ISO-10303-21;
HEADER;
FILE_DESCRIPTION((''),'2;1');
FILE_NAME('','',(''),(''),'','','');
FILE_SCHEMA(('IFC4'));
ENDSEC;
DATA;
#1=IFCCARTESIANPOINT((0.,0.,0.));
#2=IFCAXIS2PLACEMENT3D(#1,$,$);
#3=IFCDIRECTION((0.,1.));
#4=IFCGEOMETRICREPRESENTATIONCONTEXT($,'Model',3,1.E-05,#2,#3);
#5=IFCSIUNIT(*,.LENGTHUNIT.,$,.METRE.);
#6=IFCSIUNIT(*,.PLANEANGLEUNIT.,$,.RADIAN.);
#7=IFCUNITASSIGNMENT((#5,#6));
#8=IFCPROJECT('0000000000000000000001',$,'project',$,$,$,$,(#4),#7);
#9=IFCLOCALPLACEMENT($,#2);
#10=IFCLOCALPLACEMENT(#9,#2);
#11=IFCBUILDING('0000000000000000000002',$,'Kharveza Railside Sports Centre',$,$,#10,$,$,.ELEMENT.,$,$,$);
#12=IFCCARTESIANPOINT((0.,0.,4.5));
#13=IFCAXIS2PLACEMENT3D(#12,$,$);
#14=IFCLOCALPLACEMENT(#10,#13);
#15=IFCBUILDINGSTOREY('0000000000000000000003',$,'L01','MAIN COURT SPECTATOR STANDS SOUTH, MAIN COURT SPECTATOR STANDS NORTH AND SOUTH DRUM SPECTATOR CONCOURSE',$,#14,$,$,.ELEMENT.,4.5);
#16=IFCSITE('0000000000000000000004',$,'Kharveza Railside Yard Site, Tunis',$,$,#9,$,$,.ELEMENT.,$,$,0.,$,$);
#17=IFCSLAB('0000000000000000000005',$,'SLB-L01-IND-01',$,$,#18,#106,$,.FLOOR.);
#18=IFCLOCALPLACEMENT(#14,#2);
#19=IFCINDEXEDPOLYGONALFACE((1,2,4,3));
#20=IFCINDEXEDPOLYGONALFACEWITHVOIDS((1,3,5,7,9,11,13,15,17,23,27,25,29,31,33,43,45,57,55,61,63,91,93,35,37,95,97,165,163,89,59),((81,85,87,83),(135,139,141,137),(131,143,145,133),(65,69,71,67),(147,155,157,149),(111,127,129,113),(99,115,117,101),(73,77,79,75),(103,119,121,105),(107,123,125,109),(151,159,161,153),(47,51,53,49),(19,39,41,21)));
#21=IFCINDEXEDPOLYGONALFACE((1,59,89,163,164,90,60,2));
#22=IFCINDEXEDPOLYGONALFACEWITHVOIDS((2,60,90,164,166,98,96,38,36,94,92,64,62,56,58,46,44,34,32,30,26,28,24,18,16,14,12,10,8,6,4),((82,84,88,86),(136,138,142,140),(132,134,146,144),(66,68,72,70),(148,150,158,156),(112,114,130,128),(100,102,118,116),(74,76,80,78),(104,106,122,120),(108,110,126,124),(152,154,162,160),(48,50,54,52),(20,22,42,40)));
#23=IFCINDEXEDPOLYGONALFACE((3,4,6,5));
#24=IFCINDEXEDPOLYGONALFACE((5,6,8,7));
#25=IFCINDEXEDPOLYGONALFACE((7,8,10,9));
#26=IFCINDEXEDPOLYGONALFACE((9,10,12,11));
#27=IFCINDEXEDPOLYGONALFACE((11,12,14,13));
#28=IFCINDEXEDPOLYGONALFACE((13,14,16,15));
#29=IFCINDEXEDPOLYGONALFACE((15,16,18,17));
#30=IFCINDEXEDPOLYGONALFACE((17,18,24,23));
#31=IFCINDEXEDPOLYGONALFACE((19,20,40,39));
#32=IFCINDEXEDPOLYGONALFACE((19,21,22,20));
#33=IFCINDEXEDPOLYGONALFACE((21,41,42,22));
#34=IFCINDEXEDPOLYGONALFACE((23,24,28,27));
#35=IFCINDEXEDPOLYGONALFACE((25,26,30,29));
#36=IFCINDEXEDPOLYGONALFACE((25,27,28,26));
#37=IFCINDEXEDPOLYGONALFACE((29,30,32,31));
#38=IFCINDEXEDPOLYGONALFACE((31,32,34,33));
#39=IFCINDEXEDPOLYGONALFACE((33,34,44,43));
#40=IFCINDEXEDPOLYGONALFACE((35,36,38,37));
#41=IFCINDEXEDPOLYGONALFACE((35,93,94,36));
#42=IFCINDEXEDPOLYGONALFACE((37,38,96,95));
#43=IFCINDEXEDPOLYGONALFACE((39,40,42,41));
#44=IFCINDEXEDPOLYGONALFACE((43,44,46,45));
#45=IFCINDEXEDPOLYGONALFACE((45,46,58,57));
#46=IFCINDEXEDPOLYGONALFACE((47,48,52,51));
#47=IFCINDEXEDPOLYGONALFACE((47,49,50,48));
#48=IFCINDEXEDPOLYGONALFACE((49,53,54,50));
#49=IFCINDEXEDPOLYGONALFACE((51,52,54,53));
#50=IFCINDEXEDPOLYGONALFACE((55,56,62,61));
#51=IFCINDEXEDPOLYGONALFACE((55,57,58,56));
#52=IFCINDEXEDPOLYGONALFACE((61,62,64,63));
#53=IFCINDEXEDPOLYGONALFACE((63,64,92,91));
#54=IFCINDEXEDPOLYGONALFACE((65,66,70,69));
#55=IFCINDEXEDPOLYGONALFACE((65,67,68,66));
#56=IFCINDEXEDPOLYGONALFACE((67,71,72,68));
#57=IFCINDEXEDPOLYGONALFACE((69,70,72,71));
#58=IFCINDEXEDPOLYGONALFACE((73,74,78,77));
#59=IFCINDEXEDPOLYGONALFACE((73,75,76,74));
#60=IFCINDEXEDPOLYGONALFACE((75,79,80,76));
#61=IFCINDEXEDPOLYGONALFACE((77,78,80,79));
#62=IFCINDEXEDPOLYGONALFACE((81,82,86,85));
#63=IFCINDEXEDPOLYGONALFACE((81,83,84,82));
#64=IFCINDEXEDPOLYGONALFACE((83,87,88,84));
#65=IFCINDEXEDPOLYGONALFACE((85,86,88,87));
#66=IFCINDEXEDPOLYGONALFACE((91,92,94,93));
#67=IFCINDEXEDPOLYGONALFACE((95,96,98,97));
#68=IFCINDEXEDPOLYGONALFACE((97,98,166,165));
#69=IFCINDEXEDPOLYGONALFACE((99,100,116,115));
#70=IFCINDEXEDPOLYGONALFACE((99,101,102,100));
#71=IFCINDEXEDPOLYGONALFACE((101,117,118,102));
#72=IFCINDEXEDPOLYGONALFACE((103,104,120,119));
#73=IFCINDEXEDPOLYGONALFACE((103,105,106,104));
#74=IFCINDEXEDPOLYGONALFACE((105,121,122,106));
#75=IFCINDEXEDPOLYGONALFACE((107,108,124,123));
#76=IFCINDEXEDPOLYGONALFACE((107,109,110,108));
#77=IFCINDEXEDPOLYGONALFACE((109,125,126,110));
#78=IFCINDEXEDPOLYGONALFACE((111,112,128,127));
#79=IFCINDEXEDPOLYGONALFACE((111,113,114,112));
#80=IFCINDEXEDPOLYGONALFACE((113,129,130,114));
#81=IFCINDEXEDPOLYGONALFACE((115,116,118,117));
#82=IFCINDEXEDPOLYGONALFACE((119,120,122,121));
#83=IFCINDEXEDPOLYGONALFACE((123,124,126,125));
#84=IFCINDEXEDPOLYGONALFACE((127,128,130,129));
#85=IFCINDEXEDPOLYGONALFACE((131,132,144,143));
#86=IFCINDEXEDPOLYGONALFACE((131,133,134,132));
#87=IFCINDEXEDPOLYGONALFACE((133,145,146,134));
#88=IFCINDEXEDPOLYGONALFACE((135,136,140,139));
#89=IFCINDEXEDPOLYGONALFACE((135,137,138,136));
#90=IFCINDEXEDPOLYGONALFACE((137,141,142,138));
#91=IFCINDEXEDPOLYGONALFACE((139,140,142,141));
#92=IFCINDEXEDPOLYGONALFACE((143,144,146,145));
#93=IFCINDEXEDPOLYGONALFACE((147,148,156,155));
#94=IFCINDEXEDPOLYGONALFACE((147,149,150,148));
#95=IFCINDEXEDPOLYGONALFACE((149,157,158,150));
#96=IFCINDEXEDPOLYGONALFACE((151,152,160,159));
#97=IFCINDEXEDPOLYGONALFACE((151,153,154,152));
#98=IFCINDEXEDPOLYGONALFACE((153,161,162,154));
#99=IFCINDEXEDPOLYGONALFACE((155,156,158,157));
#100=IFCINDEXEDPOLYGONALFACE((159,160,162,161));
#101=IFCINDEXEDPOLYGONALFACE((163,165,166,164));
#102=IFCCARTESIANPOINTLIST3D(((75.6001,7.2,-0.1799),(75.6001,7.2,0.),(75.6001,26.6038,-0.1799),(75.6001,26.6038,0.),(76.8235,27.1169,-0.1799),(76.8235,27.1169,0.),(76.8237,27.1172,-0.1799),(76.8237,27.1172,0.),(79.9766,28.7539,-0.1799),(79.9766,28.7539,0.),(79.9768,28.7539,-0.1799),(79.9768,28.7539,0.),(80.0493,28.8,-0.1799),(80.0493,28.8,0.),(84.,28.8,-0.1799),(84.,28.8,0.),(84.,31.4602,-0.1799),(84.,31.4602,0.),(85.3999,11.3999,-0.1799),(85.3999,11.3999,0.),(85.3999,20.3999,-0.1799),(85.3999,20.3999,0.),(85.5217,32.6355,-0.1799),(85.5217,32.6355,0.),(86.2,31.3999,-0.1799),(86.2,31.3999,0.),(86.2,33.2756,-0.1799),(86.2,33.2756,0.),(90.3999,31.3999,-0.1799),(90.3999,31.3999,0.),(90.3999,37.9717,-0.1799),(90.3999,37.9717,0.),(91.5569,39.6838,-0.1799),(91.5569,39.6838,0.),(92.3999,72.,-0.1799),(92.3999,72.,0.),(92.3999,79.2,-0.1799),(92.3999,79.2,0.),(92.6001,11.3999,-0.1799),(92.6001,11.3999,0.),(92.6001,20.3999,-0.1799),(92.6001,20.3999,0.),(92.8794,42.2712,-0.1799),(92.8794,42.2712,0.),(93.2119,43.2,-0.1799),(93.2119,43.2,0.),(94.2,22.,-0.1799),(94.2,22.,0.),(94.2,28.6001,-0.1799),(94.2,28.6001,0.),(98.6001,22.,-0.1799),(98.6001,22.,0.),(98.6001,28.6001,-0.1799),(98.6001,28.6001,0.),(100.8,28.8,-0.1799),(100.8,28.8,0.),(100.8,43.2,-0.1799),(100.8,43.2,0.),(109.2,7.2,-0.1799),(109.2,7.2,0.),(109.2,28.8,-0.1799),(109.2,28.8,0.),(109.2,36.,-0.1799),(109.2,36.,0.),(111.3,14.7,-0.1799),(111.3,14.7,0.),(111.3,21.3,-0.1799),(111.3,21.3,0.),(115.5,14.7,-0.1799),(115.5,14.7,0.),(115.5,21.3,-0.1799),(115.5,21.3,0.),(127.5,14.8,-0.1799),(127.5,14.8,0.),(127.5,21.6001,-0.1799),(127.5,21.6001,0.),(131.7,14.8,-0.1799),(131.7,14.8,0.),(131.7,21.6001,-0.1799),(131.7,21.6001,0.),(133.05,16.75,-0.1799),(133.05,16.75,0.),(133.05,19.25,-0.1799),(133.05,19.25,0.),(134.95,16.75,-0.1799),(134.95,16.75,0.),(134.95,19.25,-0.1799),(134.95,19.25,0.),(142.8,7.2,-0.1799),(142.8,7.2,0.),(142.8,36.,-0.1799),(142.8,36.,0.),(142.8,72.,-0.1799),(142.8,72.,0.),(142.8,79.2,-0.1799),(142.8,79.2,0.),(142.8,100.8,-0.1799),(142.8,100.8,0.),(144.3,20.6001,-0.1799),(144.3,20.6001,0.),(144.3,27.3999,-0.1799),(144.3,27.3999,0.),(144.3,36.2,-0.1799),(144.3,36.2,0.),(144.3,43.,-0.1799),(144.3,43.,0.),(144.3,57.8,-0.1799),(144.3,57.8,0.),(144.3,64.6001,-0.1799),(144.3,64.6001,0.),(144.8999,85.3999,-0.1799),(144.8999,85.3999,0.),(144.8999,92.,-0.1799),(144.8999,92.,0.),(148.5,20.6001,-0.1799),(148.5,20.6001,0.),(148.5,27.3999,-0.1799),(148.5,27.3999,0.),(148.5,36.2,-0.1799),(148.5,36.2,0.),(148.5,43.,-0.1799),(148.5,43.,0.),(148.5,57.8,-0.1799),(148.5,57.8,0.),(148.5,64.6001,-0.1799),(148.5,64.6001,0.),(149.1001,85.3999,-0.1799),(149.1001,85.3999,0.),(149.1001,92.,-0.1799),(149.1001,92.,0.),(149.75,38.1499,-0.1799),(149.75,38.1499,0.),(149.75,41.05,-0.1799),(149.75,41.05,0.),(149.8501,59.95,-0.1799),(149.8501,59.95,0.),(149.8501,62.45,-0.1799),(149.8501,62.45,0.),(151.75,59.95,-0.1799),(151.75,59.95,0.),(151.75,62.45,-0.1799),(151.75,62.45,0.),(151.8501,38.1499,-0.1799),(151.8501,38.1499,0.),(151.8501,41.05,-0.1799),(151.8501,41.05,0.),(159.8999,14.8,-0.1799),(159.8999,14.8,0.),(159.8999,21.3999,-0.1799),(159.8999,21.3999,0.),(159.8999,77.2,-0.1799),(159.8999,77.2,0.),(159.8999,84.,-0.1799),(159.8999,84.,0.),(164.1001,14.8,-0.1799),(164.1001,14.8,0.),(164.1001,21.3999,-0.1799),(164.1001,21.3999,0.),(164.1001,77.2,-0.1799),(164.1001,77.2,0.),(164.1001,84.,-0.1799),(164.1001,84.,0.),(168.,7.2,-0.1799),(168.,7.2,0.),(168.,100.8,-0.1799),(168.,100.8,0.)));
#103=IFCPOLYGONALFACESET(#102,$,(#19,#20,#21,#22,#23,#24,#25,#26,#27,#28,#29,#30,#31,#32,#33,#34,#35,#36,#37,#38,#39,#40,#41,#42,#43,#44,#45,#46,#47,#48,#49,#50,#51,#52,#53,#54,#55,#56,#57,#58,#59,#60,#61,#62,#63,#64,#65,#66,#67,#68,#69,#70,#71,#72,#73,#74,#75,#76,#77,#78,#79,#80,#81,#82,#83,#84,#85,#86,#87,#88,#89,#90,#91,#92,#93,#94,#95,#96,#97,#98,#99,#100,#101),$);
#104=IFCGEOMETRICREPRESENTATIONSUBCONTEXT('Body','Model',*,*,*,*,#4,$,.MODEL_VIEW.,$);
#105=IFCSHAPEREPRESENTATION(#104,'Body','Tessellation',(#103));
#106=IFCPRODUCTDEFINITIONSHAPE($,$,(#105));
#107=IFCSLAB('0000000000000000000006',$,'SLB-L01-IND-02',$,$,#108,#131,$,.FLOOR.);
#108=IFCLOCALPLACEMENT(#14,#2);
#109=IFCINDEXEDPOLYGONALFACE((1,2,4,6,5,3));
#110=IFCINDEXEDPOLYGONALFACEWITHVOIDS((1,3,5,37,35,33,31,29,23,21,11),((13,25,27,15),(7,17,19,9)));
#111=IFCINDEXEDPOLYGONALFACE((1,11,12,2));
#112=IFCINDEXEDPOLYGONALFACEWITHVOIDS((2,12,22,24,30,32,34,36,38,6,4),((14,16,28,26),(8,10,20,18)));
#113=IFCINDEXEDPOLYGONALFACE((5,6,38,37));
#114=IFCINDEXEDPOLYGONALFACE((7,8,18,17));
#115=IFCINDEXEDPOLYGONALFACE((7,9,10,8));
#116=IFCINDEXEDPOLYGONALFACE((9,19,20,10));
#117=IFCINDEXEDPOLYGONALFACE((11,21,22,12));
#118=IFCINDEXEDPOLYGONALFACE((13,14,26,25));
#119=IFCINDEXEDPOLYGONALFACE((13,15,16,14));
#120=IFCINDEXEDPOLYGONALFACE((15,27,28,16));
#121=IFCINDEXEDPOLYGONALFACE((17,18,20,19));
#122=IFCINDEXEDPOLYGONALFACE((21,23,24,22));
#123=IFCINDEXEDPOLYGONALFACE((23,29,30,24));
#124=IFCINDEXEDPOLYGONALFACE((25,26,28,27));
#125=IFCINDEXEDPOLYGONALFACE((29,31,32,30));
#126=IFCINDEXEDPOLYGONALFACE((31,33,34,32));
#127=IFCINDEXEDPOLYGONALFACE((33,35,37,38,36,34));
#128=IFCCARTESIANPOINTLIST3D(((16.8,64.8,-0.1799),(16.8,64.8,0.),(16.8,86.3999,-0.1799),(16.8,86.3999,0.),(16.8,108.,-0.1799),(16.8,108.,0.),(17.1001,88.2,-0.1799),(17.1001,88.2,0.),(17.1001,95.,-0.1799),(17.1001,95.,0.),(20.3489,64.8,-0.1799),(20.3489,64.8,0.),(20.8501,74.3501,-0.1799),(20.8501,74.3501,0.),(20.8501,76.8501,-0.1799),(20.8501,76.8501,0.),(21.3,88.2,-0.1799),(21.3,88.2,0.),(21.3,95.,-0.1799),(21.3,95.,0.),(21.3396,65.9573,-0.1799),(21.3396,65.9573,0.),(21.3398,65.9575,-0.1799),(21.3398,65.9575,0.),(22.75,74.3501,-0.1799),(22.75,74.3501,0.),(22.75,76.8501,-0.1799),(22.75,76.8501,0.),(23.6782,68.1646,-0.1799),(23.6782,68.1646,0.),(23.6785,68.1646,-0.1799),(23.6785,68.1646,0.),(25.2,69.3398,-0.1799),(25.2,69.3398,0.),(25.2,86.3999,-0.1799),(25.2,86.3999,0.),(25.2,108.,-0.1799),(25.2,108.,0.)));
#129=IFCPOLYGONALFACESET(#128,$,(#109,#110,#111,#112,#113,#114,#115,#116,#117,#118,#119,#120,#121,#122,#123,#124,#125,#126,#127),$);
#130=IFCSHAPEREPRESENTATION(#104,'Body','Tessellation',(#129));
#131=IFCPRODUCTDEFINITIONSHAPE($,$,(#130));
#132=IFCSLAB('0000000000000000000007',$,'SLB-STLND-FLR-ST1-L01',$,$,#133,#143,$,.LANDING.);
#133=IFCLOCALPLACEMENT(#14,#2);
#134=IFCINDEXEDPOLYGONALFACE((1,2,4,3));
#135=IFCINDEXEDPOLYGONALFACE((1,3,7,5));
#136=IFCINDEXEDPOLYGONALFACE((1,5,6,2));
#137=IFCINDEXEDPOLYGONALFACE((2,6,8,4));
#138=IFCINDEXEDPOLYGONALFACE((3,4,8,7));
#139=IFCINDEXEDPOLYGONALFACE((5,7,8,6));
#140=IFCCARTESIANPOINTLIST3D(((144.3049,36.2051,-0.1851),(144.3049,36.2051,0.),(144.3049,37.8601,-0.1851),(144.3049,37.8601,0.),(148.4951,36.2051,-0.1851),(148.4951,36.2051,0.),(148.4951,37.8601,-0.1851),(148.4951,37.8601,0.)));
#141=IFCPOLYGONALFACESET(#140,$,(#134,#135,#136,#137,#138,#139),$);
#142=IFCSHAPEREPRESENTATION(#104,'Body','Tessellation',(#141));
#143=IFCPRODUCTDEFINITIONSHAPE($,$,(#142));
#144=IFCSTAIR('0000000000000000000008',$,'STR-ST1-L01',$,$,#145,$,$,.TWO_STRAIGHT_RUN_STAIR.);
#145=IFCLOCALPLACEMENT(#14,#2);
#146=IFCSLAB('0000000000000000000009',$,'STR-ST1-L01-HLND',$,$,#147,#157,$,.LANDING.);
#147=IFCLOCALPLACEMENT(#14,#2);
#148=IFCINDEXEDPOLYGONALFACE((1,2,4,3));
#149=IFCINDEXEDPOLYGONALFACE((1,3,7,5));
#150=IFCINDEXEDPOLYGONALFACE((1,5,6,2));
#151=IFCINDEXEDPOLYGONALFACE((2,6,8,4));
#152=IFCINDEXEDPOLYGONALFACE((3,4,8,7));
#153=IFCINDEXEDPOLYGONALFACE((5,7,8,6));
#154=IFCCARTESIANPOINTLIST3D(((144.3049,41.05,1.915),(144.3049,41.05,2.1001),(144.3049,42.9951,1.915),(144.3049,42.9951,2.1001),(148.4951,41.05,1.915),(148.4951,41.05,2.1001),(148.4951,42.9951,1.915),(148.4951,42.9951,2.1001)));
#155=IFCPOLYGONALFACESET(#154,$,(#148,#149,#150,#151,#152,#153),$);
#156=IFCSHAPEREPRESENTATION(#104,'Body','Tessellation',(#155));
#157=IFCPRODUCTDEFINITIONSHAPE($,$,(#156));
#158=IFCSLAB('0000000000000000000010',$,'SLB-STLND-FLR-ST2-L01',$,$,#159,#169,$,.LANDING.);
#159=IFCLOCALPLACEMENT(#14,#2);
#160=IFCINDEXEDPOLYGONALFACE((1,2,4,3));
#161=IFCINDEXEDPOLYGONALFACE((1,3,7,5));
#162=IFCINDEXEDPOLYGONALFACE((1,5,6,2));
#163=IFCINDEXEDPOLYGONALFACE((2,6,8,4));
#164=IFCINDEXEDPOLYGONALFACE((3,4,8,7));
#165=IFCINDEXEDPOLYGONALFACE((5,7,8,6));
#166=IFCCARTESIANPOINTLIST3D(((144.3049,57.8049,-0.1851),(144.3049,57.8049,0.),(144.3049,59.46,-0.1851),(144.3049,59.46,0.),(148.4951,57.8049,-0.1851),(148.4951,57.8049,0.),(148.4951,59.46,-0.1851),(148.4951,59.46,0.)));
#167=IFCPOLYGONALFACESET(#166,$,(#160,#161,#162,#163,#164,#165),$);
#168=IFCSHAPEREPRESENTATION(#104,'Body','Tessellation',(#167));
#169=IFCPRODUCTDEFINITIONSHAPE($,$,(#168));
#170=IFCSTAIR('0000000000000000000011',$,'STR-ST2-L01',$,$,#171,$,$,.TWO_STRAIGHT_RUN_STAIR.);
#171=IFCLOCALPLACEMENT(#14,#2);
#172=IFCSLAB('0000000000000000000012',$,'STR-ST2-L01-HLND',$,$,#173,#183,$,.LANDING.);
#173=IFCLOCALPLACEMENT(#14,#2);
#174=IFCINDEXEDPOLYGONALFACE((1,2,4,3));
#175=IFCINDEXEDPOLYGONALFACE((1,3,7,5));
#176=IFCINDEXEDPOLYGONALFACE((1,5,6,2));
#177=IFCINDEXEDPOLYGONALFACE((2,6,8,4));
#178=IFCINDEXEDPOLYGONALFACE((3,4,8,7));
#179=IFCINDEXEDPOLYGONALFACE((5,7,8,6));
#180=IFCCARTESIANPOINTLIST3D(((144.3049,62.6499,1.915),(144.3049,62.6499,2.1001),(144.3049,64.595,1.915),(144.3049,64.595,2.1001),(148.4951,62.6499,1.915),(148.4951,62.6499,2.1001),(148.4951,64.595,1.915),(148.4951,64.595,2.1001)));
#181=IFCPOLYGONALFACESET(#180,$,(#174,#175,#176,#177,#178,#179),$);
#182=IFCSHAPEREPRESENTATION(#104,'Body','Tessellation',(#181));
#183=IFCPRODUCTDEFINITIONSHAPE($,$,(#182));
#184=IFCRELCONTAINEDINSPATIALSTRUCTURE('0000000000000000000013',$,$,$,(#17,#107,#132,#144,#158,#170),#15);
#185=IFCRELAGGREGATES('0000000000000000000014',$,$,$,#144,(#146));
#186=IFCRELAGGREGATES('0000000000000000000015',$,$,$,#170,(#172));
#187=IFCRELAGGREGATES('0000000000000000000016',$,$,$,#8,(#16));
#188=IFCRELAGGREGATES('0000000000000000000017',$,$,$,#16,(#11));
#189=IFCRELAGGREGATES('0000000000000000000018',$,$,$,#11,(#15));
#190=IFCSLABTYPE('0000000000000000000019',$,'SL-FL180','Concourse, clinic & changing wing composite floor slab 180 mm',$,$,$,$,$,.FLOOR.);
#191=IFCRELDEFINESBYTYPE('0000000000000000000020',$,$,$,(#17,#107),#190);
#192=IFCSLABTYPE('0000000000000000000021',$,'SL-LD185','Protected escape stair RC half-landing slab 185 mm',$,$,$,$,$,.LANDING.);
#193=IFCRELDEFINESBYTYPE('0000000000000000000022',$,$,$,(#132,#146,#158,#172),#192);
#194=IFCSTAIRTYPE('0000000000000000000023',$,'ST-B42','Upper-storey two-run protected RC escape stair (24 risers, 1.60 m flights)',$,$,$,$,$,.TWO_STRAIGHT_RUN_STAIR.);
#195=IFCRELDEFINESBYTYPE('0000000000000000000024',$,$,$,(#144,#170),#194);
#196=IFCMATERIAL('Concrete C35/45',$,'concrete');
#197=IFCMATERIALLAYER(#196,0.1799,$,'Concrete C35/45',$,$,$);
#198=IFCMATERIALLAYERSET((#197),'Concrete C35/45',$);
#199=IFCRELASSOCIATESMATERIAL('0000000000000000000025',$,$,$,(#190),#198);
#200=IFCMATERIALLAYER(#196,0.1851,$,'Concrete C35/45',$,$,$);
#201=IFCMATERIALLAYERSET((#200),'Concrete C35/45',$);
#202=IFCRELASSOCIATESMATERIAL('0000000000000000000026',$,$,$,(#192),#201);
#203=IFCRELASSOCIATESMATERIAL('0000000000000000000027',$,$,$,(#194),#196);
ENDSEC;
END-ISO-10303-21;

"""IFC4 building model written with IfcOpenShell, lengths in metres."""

from ifc_helpers import new_model, si_unit, direction, frame, origin, place, context, subcontext, project, spatial, polyline, outline, extrude, material, layer, layer_set, type_object, element, aggregate, save


model = new_model("IFC4")

# Units and contexts
model_context = context("Model", 3, precision=1e-05, world=origin(), true_north=direction((0.0, 1.0)))
body_context = subcontext(model_context, "Body", "Model", "MODEL_VIEW")
ifc_project = project(units=[si_unit("LENGTHUNIT", "METRE"), si_unit("PLANEANGLEUNIT", "RADIAN")], contexts=[model_context])

# Site, building, storey
site_placement = place(None, origin())
site = spatial("IfcSite", under=ifc_project, at=site_placement, Name="Kharveza Railside Yard Site, Tunis", CompositionType="ELEMENT", RefElevation=0.0)
building_placement = place(site_placement, origin())
building = spatial("IfcBuilding", under=site, at=building_placement, Name="Kharveza Railside Sports Centre", CompositionType="ELEMENT")
storey_placement = place(building_placement, frame((0.0, 0.0, 4.5)))
storey = spatial("IfcBuildingStorey", under=building, at=storey_placement, Name="L01", Description="MAIN COURT SPECTATOR STANDS SOUTH, MAIN COURT SPECTATOR STANDS NORTH AND SOUTH DRUM SPECTATOR CONCOURSE", CompositionType="ELEMENT", Elevation=4.5)

# Slabs
ifc_material_1 = material(Name="Concrete C35/45", Category="concrete")
ifc_layer_1 = layer(ifc_material_1, 0.1799, Name="Concrete C35/45")
ifc_layer_set_1 = layer_set([ifc_layer_1], Name="Concrete C35/45")
slab_type_1 = type_object("IfcSlabType", Name="SL-FL180", Description="Concourse, clinic & changing wing composite floor slab 180 mm", PredefinedType="FLOOR", material=ifc_layer_set_1)
slab_1_placement = place(storey_placement, frame((0.0, 0.0, -0.1799)))
element("IfcSlab", 1, at=slab_1_placement, inside=storey, type_object=slab_type_1, Name="SLB-L01-IND-01", PredefinedType="FLOOR", context=body_context, shape_type="SweptSolid", body=[
    extrude(outline(polyline([(142.8, 72.0), (92.3999, 72.0), (92.3999, 79.2), (142.8, 79.2), (142.8, 100.8), (168.0, 100.8), (168.0, 7.2), (142.8, 7.2), (109.2, 7.2), (75.6001, 7.2), (75.6001, 26.6038), (76.8235, 27.1169), (76.8237, 27.1172), (79.9766, 28.7539), (79.9768, 28.7539), (80.0493, 28.8), (84.0, 28.8), (84.0, 31.4602), (85.5217, 32.6355), (85.5217, 32.6355), (86.2, 33.2756), (86.2, 31.3999), (90.3999, 31.3999), (90.3999, 37.9717), (91.5569, 39.6838), (91.5569, 39.6838), (92.8794, 42.2712), (92.8794, 42.2712), (93.2119, 43.2), (100.8, 43.2), (100.8, 28.8), (109.2, 28.8), (109.2, 36.0), (142.8, 36.0), (142.8, 72.0)]), holes=[polyline([(92.6001, 20.3999), (85.3999, 20.3999), (85.3999, 11.3999), (92.6001, 11.3999), (92.6001, 20.3999)]), polyline([(148.5, 36.2), (148.5, 43.0), (144.3, 43.0), (144.3, 36.2), (148.5, 36.2)]), polyline([(144.3, 57.8), (148.5, 57.8), (148.5, 64.6001), (144.3, 64.6001), (144.3, 57.8)]), polyline([(127.5, 21.6001), (127.5, 14.8), (131.7, 14.8), (131.7, 21.6001), (127.5, 21.6001)]), polyline([(164.1001, 84.0), (159.8999, 84.0), (159.8999, 77.2), (164.1001, 77.2), (164.1001, 84.0)]), polyline([(148.5, 20.6001), (148.5, 27.3999), (144.3, 27.3999), (144.3, 20.6001), (148.5, 20.6001)]), polyline([(94.2, 22.0), (98.6001, 22.0), (98.6001, 28.6001), (94.2, 28.6001), (94.2, 22.0)]), polyline([(159.8999, 21.3999), (159.8999, 14.8), (164.1001, 14.8), (164.1001, 21.3999), (159.8999, 21.3999)]), polyline([(115.5, 21.3), (111.3, 21.3), (111.3, 14.7), (115.5, 14.7), (115.5, 21.3)]), polyline([(149.1001, 85.3999), (149.1001, 92.0), (144.8999, 92.0), (144.8999, 85.3999), (149.1001, 85.3999)]), polyline([(149.75, 38.1499), (151.8501, 38.1499), (151.8501, 41.05), (149.75, 41.05), (149.75, 38.1499)]), polyline([(149.8501, 62.45), (149.8501, 59.95), (151.75, 59.95), (151.75, 62.45), (149.8501, 62.45)]), polyline([(134.95, 19.25), (133.05, 19.25), (133.05, 16.75), (134.95, 16.75), (134.95, 19.25)])]), origin(), (0.0, 0.0, 1.0), 0.1799),
])
slab_2_placement = place(storey_placement, frame((0.0, 0.0, -0.1799)))
element("IfcSlab", 2, at=slab_2_placement, inside=storey, type_object=slab_type_1, Name="SLB-L01-IND-02", PredefinedType="FLOOR", context=body_context, shape_type="SweptSolid", body=[
    extrude(outline(polyline([(21.3398, 65.9575), (21.3396, 65.9573), (20.3489, 64.8), (16.8, 64.8), (16.8, 86.3999), (16.8, 108.0), (25.2, 108.0), (25.2, 86.3999), (25.2, 69.3398), (23.6785, 68.1646), (23.6782, 68.1646), (21.3398, 65.9575)]), holes=[polyline([(17.1001, 88.2), (21.3, 88.2), (21.3, 95.0), (17.1001, 95.0), (17.1001, 88.2)]), polyline([(22.75, 74.3501), (22.75, 76.8501), (20.8501, 76.8501), (20.8501, 74.3501), (22.75, 74.3501)])]), origin(), (0.0, 0.0, 1.0), 0.1799),
])
ifc_layer_2 = layer(ifc_material_1, 0.1851, Name="Concrete C35/45")
ifc_layer_set_2 = layer_set([ifc_layer_2], Name="Concrete C35/45")
slab_type_2 = type_object("IfcSlabType", Name="SL-LD185", Description="Protected escape stair RC half-landing slab 185 mm", PredefinedType="LANDING", material=ifc_layer_set_2)
slab_3_placement = place(storey_placement, frame((0.0, 0.0, -0.1851)))
element("IfcSlab", 3, at=slab_3_placement, inside=storey, type_object=slab_type_2, Name="SLB-STLND-FLR-ST1-L01", PredefinedType="LANDING", context=body_context, shape_type="SweptSolid", body=[
    extrude(outline(polyline([(144.3049, 36.2051), (148.4951, 36.2051), (148.4951, 37.8601), (144.3049, 37.8601), (144.3049, 36.2051)])), origin(), (0.0, 0.0, 1.0), 0.1851),
])

# Stair, slab
stair_type = type_object("IfcStairType", Name="ST-B42", Description="Upper-storey two-run protected RC escape stair (24 risers, 1.60 m flights)", PredefinedType="TWO_STRAIGHT_RUN_STAIR", material=ifc_material_1)
stair_1_placement = place(storey_placement, origin())
stair_1 = element("IfcStair", 4, at=stair_1_placement, inside=storey, type_object=stair_type, Name="STR-ST1-L01", PredefinedType="TWO_STRAIGHT_RUN_STAIR")
slab_4_placement = place(storey_placement, frame((0.0, 0.0, 1.915)))
slab_4 = element("IfcSlab", 5, at=slab_4_placement, type_object=slab_type_2, Name="STR-ST1-L01-HLND", PredefinedType="LANDING", context=body_context, shape_type="SweptSolid", body=[
    extrude(outline(polyline([(144.3049, 41.05), (148.4951, 41.05), (148.4951, 42.9951), (144.3049, 42.9951), (144.3049, 41.05)])), origin(), (0.0, 0.0, 1.0), 0.1851),
])
aggregate(stair_1, [slab_4])

# Slab
slab_5_placement = place(storey_placement, frame((0.0, 0.0, -0.1851)))
element("IfcSlab", 6, at=slab_5_placement, inside=storey, type_object=slab_type_2, Name="SLB-STLND-FLR-ST2-L01", PredefinedType="LANDING", context=body_context, shape_type="SweptSolid", body=[
    extrude(outline(polyline([(144.3049, 57.8049), (148.4951, 57.8049), (148.4951, 59.46), (144.3049, 59.46), (144.3049, 57.8049)])), origin(), (0.0, 0.0, 1.0), 0.1851),
])

# Stair, slab
stair_2_placement = place(storey_placement, origin())
stair_2 = element("IfcStair", 7, at=stair_2_placement, inside=storey, type_object=stair_type, Name="STR-ST2-L01", PredefinedType="TWO_STRAIGHT_RUN_STAIR")
slab_6_placement = place(storey_placement, frame((0.0, 0.0, 1.915)))
slab_6 = element("IfcSlab", 8, at=slab_6_placement, type_object=slab_type_2, Name="STR-ST2-L01-HLND", PredefinedType="LANDING", context=body_context, shape_type="SweptSolid", body=[
    extrude(outline(polyline([(144.3049, 62.6499), (148.4951, 62.6499), (148.4951, 64.595), (144.3049, 64.595), (144.3049, 62.6499)])), origin(), (0.0, 0.0, 1.0), 0.1851),
])
aggregate(stair_2, [slab_6])

save(model, "model.ifc")
